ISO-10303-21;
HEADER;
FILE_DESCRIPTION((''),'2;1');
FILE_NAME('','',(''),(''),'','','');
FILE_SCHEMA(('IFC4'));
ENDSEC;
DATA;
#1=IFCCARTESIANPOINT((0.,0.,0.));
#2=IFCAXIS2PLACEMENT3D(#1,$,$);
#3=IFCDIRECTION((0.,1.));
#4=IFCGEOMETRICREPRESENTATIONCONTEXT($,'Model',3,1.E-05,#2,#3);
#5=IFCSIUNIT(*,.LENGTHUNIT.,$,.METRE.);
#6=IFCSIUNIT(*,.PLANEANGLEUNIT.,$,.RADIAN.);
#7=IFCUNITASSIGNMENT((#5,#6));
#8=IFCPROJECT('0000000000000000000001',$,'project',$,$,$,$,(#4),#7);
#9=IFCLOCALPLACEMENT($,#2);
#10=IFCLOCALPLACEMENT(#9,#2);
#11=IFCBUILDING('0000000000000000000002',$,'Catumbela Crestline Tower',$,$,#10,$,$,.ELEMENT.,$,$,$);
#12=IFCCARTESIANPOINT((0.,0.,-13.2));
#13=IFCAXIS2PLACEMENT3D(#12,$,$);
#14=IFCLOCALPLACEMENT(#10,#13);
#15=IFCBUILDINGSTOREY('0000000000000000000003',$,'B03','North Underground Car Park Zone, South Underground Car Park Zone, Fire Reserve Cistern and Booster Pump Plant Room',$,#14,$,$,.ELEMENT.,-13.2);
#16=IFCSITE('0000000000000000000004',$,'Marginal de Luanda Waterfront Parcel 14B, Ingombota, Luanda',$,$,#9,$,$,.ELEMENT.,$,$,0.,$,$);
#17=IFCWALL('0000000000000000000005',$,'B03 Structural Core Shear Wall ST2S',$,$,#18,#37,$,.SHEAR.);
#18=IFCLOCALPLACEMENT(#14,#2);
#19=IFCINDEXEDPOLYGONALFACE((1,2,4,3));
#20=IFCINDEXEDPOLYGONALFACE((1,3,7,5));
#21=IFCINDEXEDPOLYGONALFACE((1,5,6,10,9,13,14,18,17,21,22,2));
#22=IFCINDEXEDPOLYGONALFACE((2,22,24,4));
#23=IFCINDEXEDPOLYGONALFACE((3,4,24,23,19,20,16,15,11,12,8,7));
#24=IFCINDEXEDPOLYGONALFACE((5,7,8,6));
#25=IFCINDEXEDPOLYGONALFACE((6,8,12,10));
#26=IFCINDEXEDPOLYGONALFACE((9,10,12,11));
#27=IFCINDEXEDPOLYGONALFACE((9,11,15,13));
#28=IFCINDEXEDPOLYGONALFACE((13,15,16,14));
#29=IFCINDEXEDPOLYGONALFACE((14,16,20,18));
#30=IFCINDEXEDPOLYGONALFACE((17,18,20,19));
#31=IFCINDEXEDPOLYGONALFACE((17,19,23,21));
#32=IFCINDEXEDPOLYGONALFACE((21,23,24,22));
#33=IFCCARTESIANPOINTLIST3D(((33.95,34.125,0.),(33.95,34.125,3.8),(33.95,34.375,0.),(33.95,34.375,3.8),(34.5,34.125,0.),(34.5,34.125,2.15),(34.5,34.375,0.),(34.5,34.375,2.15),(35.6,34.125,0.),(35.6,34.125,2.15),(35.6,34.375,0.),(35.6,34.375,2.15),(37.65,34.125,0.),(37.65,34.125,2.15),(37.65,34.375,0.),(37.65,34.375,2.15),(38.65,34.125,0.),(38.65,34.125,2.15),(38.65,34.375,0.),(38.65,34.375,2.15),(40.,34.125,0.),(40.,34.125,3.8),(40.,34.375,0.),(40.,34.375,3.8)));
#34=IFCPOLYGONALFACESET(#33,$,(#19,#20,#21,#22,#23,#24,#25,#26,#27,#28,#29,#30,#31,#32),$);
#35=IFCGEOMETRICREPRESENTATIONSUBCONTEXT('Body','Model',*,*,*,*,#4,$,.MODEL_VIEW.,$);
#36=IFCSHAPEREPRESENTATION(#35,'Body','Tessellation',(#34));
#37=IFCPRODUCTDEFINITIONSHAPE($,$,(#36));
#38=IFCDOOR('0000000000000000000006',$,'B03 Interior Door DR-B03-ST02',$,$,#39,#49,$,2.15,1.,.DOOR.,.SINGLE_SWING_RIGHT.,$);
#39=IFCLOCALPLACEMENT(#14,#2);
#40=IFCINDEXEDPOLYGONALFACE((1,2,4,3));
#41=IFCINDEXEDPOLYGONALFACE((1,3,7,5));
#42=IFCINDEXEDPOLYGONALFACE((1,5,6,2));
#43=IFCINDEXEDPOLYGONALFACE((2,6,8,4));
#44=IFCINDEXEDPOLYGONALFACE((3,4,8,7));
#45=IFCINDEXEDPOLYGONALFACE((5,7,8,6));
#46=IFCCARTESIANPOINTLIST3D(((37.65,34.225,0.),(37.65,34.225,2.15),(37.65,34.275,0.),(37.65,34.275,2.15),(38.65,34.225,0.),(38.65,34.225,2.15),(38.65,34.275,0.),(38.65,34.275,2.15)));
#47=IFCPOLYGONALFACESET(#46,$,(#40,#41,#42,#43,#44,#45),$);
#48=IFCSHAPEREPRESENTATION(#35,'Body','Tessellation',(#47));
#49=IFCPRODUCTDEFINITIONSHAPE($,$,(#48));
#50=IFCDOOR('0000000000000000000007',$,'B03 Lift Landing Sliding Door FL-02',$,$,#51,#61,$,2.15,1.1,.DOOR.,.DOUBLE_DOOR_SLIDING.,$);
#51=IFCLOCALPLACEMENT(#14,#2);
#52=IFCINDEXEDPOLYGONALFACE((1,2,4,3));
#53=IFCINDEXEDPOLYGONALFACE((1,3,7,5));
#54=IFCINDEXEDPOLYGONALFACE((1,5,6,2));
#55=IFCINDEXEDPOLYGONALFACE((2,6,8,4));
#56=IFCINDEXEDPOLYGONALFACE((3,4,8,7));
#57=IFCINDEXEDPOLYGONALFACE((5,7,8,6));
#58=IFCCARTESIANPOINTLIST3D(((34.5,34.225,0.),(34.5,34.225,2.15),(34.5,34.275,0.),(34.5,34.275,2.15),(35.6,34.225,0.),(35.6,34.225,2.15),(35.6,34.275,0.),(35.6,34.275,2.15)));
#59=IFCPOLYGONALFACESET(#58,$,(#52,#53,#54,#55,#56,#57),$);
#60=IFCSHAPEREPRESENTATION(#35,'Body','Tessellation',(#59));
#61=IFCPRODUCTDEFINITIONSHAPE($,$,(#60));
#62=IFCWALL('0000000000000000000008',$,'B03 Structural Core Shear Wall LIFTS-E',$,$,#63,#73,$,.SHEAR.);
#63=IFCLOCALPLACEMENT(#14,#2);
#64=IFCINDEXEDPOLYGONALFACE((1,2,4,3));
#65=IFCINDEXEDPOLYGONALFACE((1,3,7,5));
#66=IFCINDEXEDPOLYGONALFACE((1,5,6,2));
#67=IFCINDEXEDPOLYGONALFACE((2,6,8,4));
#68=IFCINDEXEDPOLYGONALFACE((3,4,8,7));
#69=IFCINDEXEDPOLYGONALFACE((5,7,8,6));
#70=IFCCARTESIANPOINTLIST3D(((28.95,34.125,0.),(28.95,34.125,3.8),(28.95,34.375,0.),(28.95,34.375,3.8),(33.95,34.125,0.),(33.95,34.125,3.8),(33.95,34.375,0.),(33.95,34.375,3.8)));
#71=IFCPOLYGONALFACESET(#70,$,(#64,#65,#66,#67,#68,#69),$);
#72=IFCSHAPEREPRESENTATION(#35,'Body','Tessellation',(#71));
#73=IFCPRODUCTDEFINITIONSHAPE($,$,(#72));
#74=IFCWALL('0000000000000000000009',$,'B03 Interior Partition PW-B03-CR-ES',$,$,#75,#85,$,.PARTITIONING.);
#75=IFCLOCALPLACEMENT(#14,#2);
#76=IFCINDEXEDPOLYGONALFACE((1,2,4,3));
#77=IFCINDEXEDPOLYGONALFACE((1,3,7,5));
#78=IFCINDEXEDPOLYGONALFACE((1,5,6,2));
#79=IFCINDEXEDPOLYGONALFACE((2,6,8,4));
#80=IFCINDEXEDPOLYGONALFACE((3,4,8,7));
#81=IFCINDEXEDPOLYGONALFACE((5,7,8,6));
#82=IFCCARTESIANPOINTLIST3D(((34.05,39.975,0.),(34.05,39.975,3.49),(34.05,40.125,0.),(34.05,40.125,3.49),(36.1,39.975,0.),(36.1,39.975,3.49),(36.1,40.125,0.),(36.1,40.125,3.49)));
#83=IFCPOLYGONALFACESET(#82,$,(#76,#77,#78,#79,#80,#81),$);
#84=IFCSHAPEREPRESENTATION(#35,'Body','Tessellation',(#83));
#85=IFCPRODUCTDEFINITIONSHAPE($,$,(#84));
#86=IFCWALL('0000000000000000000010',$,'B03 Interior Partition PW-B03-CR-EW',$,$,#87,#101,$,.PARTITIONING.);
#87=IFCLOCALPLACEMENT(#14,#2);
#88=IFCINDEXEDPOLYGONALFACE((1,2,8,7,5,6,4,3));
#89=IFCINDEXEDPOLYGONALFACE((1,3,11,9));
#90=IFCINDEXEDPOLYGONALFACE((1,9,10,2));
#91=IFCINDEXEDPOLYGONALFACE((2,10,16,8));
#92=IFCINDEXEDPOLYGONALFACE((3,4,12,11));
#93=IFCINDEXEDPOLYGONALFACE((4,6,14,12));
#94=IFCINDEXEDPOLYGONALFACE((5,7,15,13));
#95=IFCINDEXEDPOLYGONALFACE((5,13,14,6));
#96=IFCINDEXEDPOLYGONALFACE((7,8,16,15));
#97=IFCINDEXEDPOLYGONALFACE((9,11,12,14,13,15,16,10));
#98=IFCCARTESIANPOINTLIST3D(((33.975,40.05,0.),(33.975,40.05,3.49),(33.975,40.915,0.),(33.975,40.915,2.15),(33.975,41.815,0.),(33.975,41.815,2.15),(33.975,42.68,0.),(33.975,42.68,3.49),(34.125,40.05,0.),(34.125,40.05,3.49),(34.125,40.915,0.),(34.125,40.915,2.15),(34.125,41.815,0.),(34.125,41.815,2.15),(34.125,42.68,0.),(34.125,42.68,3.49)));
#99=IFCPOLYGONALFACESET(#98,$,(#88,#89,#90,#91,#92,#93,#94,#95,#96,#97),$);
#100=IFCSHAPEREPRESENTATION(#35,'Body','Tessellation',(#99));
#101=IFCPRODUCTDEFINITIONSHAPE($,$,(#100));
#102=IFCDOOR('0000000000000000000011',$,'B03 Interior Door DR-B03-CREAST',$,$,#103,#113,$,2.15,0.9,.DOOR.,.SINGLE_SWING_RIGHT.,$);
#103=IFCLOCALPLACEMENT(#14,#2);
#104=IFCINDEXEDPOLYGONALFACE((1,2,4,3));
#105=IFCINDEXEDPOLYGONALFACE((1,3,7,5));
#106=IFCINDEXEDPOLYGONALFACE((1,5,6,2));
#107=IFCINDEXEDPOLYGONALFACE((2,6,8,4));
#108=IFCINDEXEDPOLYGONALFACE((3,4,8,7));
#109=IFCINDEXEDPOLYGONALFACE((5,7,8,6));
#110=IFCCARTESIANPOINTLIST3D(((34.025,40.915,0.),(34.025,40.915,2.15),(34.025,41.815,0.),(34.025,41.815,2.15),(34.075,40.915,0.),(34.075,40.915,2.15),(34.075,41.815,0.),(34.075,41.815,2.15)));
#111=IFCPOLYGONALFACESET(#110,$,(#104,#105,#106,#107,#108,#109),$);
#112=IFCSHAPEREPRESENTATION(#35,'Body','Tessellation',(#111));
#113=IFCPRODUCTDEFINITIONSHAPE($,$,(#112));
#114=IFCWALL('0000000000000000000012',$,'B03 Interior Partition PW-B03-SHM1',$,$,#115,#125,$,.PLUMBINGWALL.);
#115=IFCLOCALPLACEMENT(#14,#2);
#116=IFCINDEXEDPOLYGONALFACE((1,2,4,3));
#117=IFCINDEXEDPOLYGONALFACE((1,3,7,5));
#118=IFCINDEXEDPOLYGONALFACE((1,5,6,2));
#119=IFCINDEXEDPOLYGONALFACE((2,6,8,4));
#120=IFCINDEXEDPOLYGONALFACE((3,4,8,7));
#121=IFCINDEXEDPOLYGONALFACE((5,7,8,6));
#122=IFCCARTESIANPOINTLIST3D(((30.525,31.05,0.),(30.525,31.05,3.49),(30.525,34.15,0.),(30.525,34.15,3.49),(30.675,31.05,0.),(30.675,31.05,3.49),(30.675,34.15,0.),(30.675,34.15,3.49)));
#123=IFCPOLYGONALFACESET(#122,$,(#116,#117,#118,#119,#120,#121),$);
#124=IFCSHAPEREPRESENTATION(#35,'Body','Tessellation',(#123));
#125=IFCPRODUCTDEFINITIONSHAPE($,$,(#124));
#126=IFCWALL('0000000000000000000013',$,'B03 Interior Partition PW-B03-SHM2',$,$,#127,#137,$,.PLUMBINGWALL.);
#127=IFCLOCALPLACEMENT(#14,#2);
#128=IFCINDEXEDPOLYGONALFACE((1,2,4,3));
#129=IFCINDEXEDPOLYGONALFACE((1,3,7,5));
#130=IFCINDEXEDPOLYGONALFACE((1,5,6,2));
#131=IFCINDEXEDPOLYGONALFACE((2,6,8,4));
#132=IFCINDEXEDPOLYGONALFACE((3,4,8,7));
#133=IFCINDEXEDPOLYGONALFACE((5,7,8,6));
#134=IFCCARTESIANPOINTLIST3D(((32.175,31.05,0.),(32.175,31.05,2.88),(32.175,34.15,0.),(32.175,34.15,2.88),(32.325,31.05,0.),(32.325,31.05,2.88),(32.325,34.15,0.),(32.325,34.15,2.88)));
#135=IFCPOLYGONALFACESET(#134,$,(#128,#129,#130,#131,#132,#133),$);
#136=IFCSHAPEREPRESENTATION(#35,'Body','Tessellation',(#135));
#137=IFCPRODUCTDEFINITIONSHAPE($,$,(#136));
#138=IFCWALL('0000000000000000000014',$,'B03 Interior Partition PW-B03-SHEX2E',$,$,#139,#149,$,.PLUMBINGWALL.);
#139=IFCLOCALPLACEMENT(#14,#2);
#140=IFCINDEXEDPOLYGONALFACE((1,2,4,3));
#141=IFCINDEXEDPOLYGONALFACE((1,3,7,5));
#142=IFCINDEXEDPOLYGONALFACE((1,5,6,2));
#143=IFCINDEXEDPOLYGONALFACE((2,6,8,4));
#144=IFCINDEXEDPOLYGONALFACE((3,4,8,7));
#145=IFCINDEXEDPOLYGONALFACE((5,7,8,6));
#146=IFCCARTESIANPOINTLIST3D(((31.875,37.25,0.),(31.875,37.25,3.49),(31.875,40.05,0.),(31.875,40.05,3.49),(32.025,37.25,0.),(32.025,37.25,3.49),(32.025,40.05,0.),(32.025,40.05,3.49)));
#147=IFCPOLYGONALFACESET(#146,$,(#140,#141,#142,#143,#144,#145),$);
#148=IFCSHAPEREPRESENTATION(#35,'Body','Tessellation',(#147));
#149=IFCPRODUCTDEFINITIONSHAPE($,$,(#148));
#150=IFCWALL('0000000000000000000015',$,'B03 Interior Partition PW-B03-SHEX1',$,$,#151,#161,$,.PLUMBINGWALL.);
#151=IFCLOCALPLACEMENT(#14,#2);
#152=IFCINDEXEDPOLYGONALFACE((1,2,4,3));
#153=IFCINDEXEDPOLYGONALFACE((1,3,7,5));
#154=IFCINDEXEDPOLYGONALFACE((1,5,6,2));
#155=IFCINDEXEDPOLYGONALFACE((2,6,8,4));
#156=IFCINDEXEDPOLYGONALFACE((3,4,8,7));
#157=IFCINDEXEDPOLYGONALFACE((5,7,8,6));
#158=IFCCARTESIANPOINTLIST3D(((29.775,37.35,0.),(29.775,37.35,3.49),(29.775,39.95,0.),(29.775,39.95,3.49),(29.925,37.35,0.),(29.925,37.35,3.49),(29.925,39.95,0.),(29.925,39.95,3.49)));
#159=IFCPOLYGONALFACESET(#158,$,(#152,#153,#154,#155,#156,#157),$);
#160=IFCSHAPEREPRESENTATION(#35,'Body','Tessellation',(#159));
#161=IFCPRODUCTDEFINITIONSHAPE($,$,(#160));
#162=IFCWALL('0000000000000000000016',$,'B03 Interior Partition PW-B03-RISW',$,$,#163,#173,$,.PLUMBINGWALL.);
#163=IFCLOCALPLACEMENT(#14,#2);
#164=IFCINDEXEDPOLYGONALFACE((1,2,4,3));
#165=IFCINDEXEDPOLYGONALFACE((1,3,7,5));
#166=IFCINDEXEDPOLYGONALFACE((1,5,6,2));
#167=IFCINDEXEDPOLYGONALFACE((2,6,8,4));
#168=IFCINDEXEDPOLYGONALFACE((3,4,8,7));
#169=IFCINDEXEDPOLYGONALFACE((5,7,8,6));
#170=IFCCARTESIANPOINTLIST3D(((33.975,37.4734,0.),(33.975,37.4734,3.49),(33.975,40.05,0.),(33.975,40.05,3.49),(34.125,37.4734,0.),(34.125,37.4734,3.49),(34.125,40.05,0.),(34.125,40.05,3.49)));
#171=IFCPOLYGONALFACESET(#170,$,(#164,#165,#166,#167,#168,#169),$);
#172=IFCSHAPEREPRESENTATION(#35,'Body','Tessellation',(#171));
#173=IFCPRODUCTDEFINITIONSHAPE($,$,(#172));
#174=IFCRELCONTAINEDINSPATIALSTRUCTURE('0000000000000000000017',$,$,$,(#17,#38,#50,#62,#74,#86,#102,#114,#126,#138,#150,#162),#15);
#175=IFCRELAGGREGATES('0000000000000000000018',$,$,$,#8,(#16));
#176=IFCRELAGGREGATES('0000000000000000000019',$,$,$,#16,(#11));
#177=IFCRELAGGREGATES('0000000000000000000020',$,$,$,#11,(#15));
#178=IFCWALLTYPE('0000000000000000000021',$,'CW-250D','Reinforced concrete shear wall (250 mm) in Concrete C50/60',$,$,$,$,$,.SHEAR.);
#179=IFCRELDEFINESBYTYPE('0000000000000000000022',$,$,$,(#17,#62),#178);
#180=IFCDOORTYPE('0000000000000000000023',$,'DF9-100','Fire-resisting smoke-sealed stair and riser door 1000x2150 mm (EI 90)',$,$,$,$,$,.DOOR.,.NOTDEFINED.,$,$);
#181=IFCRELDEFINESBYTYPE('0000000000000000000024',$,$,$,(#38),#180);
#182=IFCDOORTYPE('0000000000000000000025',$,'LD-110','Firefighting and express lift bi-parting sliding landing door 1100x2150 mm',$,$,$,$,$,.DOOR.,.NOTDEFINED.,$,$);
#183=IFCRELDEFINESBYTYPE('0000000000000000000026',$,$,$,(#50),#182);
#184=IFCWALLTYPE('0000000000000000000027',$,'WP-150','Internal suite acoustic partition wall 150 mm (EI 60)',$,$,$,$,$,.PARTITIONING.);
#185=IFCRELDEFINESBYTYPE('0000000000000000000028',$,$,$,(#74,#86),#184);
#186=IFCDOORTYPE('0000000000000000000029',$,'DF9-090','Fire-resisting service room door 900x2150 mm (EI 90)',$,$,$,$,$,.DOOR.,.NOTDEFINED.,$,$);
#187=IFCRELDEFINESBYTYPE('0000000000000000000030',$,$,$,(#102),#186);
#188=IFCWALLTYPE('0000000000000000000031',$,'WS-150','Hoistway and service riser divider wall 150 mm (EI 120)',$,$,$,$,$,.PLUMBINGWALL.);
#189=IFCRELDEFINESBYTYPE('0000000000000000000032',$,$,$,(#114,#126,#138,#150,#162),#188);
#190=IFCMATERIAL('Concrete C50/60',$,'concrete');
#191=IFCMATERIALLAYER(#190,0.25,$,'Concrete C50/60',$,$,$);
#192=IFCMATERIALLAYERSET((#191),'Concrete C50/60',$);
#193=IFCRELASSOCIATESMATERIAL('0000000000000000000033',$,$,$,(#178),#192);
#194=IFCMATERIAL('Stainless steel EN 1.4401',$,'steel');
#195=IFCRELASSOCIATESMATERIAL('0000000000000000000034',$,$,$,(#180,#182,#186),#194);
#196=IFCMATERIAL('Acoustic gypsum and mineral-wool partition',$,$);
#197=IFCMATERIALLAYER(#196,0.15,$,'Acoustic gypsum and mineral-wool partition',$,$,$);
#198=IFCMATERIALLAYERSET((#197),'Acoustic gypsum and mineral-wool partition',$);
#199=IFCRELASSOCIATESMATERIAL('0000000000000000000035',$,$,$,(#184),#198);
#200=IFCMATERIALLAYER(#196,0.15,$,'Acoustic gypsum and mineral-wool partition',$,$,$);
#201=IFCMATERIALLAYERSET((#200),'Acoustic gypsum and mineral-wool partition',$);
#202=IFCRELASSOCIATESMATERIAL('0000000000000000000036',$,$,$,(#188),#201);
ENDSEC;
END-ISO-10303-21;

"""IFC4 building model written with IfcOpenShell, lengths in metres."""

from ifc_helpers import new_model, si_unit, direction, frame, frame_2d, origin, place, context, subcontext, project, spatial, rectangle, extrude, material, layer, layer_set, type_object, element, fill, save


model = new_model("IFC4")

# Units and contexts
model_context = context("Model", 3, precision=1e-05, world=origin(), true_north=direction((0.0, 1.0)))
body_context = subcontext(model_context, "Body", "Model", "MODEL_VIEW")
ifc_project = project(units=[si_unit("LENGTHUNIT", "METRE"), si_unit("PLANEANGLEUNIT", "RADIAN")], contexts=[model_context])

# Site, building, storey
site_placement = place(None, origin())
site = spatial("IfcSite", under=ifc_project, at=site_placement, Name="Marginal de Luanda Waterfront Parcel 14B, Ingombota, Luanda", CompositionType="ELEMENT", RefElevation=0.0)
building_placement = place(site_placement, origin())
building = spatial("IfcBuilding", under=site, at=building_placement, Name="Catumbela Crestline Tower", CompositionType="ELEMENT")
storey_placement = place(building_placement, frame((0.0, 0.0, -13.2)))
storey = spatial("IfcBuildingStorey", under=building, at=storey_placement, Name="B03", Description="North Underground Car Park Zone, South Underground Car Park Zone, Fire Reserve Cistern and Booster Pump Plant Room", CompositionType="ELEMENT", Elevation=-13.2)

# Shared definitions
ifc_material_1 = material(Name="Concrete C50/60", Category="concrete")
ifc_layer_1 = layer(ifc_material_1, 0.25, Name="Concrete C50/60")
ifc_layer_set_1 = layer_set([ifc_layer_1], Name="Concrete C50/60")
wall_type_1 = type_object("IfcWallType", Name="CW-250D", Description="Reinforced concrete shear wall (250 mm) in Concrete C50/60", PredefinedType="SHEAR", material=ifc_layer_set_1)

# Wall, openings, doors
wall_1_placement = place(storey_placement, frame((33.95, 34.25, 0.0), z_axis=(0.0, 0.0, 1.0), x_axis=(1.0, 0.0, 0.0)))
wall_1 = element("IfcWall", 1, at=wall_1_placement, inside=storey, type_object=wall_type_1, Name="B03 Structural Core Shear Wall ST2S", PredefinedType="SHEAR", context=body_context, shape_type="SweptSolid", body=[
    extrude(rectangle(XDim=6.05, YDim=0.25, at=frame_2d((3.025, 0.0))), origin(), (0.0, 0.0, 1.0), 3.8),
])
opening_1_placement = place(wall_1_placement, frame((3.7, 0.0, 0.0)))
opening_1 = element("IfcOpeningElement", 2, at=opening_1_placement, cuts=wall_1, PredefinedType="OPENING", context=body_context, shape_type="SweptSolid", body=[
    extrude(rectangle(XDim=1.0, YDim=2.15, at=frame_2d((0.5, 1.075))), frame((0.0, 0.135, 0.0), z_axis=(0.0, -1.0, 0.0), x_axis=(1.0, 0.0, 0.0)), (0.0, 0.0, 1.0), 0.27),
])
opening_2_placement = place(wall_1_placement, frame((0.55, 0.0, 0.0)))
opening_2 = element("IfcOpeningElement", 3, at=opening_2_placement, cuts=wall_1, PredefinedType="OPENING", context=body_context, shape_type="SweptSolid", body=[
    extrude(rectangle(XDim=1.1, YDim=2.15, at=frame_2d((0.55, 1.075))), frame((0.0, 0.135, 0.0), z_axis=(0.0, -1.0, 0.0), x_axis=(1.0, 0.0, 0.0)), (0.0, 0.0, 1.0), 0.27),
])
ifc_material_2 = material(Name="Stainless steel EN 1.4401", Category="steel")
door_type_1 = type_object("IfcDoorType", Name="DF9-100", Description="Fire-resisting smoke-sealed stair and riser door 1000x2150 mm (EI 90)", OperationType="NOTDEFINED", PredefinedType="DOOR", material=ifc_material_2)
door_1_placement = place(opening_1_placement, origin())
door_1 = element("IfcDoor", 4, at=door_1_placement, inside=storey, type_object=door_type_1, Name="B03 Interior Door DR-B03-ST02", OperationType="SINGLE_SWING_RIGHT", OverallHeight=2.15, OverallWidth=1.0, PredefinedType="DOOR", context=body_context, shape_type="SweptSolid", body=[
    extrude(rectangle(XDim=1.0, YDim=2.15, at=frame_2d((0.5, 1.075))), frame((0.0, 0.025, 0.0), z_axis=(0.0, -1.0, 0.0), x_axis=(1.0, 0.0, 0.0)), (0.0, 0.0, 1.0), 0.05),
])
fill(opening_1, door_1)
door_type_2 = type_object("IfcDoorType", Name="LD-110", Description="Firefighting and express lift bi-parting sliding landing door 1100x2150 mm", OperationType="NOTDEFINED", PredefinedType="DOOR", material=ifc_material_2)
door_2_placement = place(opening_2_placement, origin())
door_2 = element("IfcDoor", 5, at=door_2_placement, inside=storey, type_object=door_type_2, Name="B03 Lift Landing Sliding Door FL-02", OperationType="DOUBLE_DOOR_SLIDING", OverallHeight=2.15, OverallWidth=1.1, PredefinedType="DOOR", context=body_context, shape_type="SweptSolid", body=[
    extrude(rectangle(XDim=1.1, YDim=2.15, at=frame_2d((0.55, 1.075))), frame((0.0, 0.025, 0.0), z_axis=(0.0, -1.0, 0.0), x_axis=(1.0, 0.0, 0.0)), (0.0, 0.0, 1.0), 0.05),
])
fill(opening_2, door_2)

# Walls
wall_2_placement = place(storey_placement, frame((28.95, 34.25, 0.0), z_axis=(0.0, 0.0, 1.0), x_axis=(1.0, 0.0, 0.0)))
element("IfcWall", 6, at=wall_2_placement, inside=storey, type_object=wall_type_1, Name="B03 Structural Core Shear Wall LIFTS-E", PredefinedType="SHEAR", context=body_context, shape_type="SweptSolid", body=[
    extrude(rectangle(XDim=5.0, YDim=0.25, at=frame_2d((2.5, 0.0))), origin(), (0.0, 0.0, 1.0), 3.8),
])
ifc_material_3 = material(Name="Acoustic gypsum and mineral-wool partition")
ifc_layer_2 = layer(ifc_material_3, 0.15, Name="Acoustic gypsum and mineral-wool partition")
ifc_layer_set_2 = layer_set([ifc_layer_2], Name="Acoustic gypsum and mineral-wool partition")
wall_type_2 = type_object("IfcWallType", Name="WP-150", Description="Internal suite acoustic partition wall 150 mm (EI 60)", PredefinedType="PARTITIONING", material=ifc_layer_set_2)
wall_3_placement = place(storey_placement, frame((34.05, 40.05, 0.0), z_axis=(0.0, 0.0, 1.0), x_axis=(1.0, 0.0, 0.0)))
element("IfcWall", 7, at=wall_3_placement, inside=storey, type_object=wall_type_2, Name="B03 Interior Partition PW-B03-CR-ES", PredefinedType="PARTITIONING", context=body_context, shape_type="SweptSolid", body=[
    extrude(rectangle(XDim=2.05, YDim=0.15, at=frame_2d((1.025, 0.0))), origin(), (0.0, 0.0, 1.0), 3.49),
])

# Wall, opening, door
wall_4_placement = place(storey_placement, frame((34.05, 40.05, 0.0), z_axis=(0.0, 0.0, 1.0), x_axis=(0.0, 1.0, 0.0)))
wall_4 = element("IfcWall", 8, at=wall_4_placement, inside=storey, type_object=wall_type_2, Name="B03 Interior Partition PW-B03-CR-EW", PredefinedType="PARTITIONING", context=body_context, shape_type="SweptSolid", body=[
    extrude(rectangle(XDim=2.63, YDim=0.15, at=frame_2d((1.315, 0.0))), origin(), (0.0, 0.0, 1.0), 3.49),
])
opening_3_placement = place(wall_4_placement, frame((0.865, 0.0, 0.0)))
opening_3 = element("IfcOpeningElement", 9, at=opening_3_placement, cuts=wall_4, PredefinedType="OPENING", context=body_context, shape_type="SweptSolid", body=[
    extrude(rectangle(XDim=0.9, YDim=2.15, at=frame_2d((0.45, 1.075))), frame((0.0, 0.085, 0.0), z_axis=(0.0, -1.0, 0.0), x_axis=(1.0, 0.0, 0.0)), (0.0, 0.0, 1.0), 0.17),
])
door_type_3 = type_object("IfcDoorType", Name="DF9-090", Description="Fire-resisting service room door 900x2150 mm (EI 90)", OperationType="NOTDEFINED", PredefinedType="DOOR", material=ifc_material_2)
door_3_placement = place(opening_3_placement, origin())
door_3 = element("IfcDoor", 10, at=door_3_placement, inside=storey, type_object=door_type_3, Name="B03 Interior Door DR-B03-CREAST", OperationType="SINGLE_SWING_RIGHT", OverallHeight=2.15, OverallWidth=0.9, PredefinedType="DOOR", context=body_context, shape_type="SweptSolid", body=[
    extrude(rectangle(XDim=0.9, YDim=2.15, at=frame_2d((0.45, 1.075))), frame((0.0, 0.025, 0.0), z_axis=(0.0, -1.0, 0.0), x_axis=(1.0, 0.0, 0.0)), (0.0, 0.0, 1.0), 0.05),
])
fill(opening_3, door_3)

# Walls
ifc_layer_3 = layer(ifc_material_3, 0.15, Name="Acoustic gypsum and mineral-wool partition")
ifc_layer_set_3 = layer_set([ifc_layer_3], Name="Acoustic gypsum and mineral-wool partition")
wall_type_3 = type_object("IfcWallType", Name="WS-150", Description="Hoistway and service riser divider wall 150 mm (EI 120)", PredefinedType="PLUMBINGWALL", material=ifc_layer_set_3)
wall_5_placement = place(storey_placement, frame((30.6, 31.05, 0.0), z_axis=(0.0, 0.0, 1.0), x_axis=(0.0, 1.0, 0.0)))
element("IfcWall", 11, at=wall_5_placement, inside=storey, type_object=wall_type_3, Name="B03 Interior Partition PW-B03-SHM1", PredefinedType="PLUMBINGWALL", context=body_context, shape_type="SweptSolid", body=[
    extrude(rectangle(XDim=3.1, YDim=0.15, at=frame_2d((1.55, 0.0))), origin(), (0.0, 0.0, 1.0), 3.49),
])
wall_6_placement = place(storey_placement, frame((32.25, 31.05, 0.0), z_axis=(0.0, 0.0, 1.0), x_axis=(0.0, 1.0, 0.0)))
element("IfcWall", 12, at=wall_6_placement, inside=storey, type_object=wall_type_3, Name="B03 Interior Partition PW-B03-SHM2", PredefinedType="PLUMBINGWALL", context=body_context, shape_type="SweptSolid", body=[
    extrude(rectangle(XDim=3.1, YDim=0.15, at=frame_2d((1.55, 0.0))), origin(), (0.0, 0.0, 1.0), 2.88),
])
wall_7_placement = place(storey_placement, frame((31.95, 37.25, 0.0), z_axis=(0.0, 0.0, 1.0), x_axis=(0.0, 1.0, 0.0)))
element("IfcWall", 13, at=wall_7_placement, inside=storey, type_object=wall_type_3, Name="B03 Interior Partition PW-B03-SHEX2E", PredefinedType="PLUMBINGWALL", context=body_context, shape_type="SweptSolid", body=[
    extrude(rectangle(XDim=2.8, YDim=0.15, at=frame_2d((1.4, 0.0))), origin(), (0.0, 0.0, 1.0), 3.49),
])
wall_8_placement = place(storey_placement, frame((29.85, 37.35, 0.0), z_axis=(0.0, 0.0, 1.0), x_axis=(0.0, 1.0, 0.0)))
element("IfcWall", 14, at=wall_8_placement, inside=storey, type_object=wall_type_3, Name="B03 Interior Partition PW-B03-SHEX1", PredefinedType="PLUMBINGWALL", context=body_context, shape_type="SweptSolid", body=[
    extrude(rectangle(XDim=2.6, YDim=0.15, at=frame_2d((1.3, 0.0))), origin(), (0.0, 0.0, 1.0), 3.49),
])
wall_9_placement = place(storey_placement, frame((34.05, 37.4734, 0.0), z_axis=(0.0, 0.0, 1.0), x_axis=(0.0, 1.0, 0.0)))
element("IfcWall", 15, at=wall_9_placement, inside=storey, type_object=wall_type_3, Name="B03 Interior Partition PW-B03-RISW", PredefinedType="PLUMBINGWALL", context=body_context, shape_type="SweptSolid", body=[
    extrude(rectangle(XDim=2.5766, YDim=0.15, at=frame_2d((1.2883, 0.0))), origin(), (0.0, 0.0, 1.0), 3.49),
])

save(model, "model.ifc")
